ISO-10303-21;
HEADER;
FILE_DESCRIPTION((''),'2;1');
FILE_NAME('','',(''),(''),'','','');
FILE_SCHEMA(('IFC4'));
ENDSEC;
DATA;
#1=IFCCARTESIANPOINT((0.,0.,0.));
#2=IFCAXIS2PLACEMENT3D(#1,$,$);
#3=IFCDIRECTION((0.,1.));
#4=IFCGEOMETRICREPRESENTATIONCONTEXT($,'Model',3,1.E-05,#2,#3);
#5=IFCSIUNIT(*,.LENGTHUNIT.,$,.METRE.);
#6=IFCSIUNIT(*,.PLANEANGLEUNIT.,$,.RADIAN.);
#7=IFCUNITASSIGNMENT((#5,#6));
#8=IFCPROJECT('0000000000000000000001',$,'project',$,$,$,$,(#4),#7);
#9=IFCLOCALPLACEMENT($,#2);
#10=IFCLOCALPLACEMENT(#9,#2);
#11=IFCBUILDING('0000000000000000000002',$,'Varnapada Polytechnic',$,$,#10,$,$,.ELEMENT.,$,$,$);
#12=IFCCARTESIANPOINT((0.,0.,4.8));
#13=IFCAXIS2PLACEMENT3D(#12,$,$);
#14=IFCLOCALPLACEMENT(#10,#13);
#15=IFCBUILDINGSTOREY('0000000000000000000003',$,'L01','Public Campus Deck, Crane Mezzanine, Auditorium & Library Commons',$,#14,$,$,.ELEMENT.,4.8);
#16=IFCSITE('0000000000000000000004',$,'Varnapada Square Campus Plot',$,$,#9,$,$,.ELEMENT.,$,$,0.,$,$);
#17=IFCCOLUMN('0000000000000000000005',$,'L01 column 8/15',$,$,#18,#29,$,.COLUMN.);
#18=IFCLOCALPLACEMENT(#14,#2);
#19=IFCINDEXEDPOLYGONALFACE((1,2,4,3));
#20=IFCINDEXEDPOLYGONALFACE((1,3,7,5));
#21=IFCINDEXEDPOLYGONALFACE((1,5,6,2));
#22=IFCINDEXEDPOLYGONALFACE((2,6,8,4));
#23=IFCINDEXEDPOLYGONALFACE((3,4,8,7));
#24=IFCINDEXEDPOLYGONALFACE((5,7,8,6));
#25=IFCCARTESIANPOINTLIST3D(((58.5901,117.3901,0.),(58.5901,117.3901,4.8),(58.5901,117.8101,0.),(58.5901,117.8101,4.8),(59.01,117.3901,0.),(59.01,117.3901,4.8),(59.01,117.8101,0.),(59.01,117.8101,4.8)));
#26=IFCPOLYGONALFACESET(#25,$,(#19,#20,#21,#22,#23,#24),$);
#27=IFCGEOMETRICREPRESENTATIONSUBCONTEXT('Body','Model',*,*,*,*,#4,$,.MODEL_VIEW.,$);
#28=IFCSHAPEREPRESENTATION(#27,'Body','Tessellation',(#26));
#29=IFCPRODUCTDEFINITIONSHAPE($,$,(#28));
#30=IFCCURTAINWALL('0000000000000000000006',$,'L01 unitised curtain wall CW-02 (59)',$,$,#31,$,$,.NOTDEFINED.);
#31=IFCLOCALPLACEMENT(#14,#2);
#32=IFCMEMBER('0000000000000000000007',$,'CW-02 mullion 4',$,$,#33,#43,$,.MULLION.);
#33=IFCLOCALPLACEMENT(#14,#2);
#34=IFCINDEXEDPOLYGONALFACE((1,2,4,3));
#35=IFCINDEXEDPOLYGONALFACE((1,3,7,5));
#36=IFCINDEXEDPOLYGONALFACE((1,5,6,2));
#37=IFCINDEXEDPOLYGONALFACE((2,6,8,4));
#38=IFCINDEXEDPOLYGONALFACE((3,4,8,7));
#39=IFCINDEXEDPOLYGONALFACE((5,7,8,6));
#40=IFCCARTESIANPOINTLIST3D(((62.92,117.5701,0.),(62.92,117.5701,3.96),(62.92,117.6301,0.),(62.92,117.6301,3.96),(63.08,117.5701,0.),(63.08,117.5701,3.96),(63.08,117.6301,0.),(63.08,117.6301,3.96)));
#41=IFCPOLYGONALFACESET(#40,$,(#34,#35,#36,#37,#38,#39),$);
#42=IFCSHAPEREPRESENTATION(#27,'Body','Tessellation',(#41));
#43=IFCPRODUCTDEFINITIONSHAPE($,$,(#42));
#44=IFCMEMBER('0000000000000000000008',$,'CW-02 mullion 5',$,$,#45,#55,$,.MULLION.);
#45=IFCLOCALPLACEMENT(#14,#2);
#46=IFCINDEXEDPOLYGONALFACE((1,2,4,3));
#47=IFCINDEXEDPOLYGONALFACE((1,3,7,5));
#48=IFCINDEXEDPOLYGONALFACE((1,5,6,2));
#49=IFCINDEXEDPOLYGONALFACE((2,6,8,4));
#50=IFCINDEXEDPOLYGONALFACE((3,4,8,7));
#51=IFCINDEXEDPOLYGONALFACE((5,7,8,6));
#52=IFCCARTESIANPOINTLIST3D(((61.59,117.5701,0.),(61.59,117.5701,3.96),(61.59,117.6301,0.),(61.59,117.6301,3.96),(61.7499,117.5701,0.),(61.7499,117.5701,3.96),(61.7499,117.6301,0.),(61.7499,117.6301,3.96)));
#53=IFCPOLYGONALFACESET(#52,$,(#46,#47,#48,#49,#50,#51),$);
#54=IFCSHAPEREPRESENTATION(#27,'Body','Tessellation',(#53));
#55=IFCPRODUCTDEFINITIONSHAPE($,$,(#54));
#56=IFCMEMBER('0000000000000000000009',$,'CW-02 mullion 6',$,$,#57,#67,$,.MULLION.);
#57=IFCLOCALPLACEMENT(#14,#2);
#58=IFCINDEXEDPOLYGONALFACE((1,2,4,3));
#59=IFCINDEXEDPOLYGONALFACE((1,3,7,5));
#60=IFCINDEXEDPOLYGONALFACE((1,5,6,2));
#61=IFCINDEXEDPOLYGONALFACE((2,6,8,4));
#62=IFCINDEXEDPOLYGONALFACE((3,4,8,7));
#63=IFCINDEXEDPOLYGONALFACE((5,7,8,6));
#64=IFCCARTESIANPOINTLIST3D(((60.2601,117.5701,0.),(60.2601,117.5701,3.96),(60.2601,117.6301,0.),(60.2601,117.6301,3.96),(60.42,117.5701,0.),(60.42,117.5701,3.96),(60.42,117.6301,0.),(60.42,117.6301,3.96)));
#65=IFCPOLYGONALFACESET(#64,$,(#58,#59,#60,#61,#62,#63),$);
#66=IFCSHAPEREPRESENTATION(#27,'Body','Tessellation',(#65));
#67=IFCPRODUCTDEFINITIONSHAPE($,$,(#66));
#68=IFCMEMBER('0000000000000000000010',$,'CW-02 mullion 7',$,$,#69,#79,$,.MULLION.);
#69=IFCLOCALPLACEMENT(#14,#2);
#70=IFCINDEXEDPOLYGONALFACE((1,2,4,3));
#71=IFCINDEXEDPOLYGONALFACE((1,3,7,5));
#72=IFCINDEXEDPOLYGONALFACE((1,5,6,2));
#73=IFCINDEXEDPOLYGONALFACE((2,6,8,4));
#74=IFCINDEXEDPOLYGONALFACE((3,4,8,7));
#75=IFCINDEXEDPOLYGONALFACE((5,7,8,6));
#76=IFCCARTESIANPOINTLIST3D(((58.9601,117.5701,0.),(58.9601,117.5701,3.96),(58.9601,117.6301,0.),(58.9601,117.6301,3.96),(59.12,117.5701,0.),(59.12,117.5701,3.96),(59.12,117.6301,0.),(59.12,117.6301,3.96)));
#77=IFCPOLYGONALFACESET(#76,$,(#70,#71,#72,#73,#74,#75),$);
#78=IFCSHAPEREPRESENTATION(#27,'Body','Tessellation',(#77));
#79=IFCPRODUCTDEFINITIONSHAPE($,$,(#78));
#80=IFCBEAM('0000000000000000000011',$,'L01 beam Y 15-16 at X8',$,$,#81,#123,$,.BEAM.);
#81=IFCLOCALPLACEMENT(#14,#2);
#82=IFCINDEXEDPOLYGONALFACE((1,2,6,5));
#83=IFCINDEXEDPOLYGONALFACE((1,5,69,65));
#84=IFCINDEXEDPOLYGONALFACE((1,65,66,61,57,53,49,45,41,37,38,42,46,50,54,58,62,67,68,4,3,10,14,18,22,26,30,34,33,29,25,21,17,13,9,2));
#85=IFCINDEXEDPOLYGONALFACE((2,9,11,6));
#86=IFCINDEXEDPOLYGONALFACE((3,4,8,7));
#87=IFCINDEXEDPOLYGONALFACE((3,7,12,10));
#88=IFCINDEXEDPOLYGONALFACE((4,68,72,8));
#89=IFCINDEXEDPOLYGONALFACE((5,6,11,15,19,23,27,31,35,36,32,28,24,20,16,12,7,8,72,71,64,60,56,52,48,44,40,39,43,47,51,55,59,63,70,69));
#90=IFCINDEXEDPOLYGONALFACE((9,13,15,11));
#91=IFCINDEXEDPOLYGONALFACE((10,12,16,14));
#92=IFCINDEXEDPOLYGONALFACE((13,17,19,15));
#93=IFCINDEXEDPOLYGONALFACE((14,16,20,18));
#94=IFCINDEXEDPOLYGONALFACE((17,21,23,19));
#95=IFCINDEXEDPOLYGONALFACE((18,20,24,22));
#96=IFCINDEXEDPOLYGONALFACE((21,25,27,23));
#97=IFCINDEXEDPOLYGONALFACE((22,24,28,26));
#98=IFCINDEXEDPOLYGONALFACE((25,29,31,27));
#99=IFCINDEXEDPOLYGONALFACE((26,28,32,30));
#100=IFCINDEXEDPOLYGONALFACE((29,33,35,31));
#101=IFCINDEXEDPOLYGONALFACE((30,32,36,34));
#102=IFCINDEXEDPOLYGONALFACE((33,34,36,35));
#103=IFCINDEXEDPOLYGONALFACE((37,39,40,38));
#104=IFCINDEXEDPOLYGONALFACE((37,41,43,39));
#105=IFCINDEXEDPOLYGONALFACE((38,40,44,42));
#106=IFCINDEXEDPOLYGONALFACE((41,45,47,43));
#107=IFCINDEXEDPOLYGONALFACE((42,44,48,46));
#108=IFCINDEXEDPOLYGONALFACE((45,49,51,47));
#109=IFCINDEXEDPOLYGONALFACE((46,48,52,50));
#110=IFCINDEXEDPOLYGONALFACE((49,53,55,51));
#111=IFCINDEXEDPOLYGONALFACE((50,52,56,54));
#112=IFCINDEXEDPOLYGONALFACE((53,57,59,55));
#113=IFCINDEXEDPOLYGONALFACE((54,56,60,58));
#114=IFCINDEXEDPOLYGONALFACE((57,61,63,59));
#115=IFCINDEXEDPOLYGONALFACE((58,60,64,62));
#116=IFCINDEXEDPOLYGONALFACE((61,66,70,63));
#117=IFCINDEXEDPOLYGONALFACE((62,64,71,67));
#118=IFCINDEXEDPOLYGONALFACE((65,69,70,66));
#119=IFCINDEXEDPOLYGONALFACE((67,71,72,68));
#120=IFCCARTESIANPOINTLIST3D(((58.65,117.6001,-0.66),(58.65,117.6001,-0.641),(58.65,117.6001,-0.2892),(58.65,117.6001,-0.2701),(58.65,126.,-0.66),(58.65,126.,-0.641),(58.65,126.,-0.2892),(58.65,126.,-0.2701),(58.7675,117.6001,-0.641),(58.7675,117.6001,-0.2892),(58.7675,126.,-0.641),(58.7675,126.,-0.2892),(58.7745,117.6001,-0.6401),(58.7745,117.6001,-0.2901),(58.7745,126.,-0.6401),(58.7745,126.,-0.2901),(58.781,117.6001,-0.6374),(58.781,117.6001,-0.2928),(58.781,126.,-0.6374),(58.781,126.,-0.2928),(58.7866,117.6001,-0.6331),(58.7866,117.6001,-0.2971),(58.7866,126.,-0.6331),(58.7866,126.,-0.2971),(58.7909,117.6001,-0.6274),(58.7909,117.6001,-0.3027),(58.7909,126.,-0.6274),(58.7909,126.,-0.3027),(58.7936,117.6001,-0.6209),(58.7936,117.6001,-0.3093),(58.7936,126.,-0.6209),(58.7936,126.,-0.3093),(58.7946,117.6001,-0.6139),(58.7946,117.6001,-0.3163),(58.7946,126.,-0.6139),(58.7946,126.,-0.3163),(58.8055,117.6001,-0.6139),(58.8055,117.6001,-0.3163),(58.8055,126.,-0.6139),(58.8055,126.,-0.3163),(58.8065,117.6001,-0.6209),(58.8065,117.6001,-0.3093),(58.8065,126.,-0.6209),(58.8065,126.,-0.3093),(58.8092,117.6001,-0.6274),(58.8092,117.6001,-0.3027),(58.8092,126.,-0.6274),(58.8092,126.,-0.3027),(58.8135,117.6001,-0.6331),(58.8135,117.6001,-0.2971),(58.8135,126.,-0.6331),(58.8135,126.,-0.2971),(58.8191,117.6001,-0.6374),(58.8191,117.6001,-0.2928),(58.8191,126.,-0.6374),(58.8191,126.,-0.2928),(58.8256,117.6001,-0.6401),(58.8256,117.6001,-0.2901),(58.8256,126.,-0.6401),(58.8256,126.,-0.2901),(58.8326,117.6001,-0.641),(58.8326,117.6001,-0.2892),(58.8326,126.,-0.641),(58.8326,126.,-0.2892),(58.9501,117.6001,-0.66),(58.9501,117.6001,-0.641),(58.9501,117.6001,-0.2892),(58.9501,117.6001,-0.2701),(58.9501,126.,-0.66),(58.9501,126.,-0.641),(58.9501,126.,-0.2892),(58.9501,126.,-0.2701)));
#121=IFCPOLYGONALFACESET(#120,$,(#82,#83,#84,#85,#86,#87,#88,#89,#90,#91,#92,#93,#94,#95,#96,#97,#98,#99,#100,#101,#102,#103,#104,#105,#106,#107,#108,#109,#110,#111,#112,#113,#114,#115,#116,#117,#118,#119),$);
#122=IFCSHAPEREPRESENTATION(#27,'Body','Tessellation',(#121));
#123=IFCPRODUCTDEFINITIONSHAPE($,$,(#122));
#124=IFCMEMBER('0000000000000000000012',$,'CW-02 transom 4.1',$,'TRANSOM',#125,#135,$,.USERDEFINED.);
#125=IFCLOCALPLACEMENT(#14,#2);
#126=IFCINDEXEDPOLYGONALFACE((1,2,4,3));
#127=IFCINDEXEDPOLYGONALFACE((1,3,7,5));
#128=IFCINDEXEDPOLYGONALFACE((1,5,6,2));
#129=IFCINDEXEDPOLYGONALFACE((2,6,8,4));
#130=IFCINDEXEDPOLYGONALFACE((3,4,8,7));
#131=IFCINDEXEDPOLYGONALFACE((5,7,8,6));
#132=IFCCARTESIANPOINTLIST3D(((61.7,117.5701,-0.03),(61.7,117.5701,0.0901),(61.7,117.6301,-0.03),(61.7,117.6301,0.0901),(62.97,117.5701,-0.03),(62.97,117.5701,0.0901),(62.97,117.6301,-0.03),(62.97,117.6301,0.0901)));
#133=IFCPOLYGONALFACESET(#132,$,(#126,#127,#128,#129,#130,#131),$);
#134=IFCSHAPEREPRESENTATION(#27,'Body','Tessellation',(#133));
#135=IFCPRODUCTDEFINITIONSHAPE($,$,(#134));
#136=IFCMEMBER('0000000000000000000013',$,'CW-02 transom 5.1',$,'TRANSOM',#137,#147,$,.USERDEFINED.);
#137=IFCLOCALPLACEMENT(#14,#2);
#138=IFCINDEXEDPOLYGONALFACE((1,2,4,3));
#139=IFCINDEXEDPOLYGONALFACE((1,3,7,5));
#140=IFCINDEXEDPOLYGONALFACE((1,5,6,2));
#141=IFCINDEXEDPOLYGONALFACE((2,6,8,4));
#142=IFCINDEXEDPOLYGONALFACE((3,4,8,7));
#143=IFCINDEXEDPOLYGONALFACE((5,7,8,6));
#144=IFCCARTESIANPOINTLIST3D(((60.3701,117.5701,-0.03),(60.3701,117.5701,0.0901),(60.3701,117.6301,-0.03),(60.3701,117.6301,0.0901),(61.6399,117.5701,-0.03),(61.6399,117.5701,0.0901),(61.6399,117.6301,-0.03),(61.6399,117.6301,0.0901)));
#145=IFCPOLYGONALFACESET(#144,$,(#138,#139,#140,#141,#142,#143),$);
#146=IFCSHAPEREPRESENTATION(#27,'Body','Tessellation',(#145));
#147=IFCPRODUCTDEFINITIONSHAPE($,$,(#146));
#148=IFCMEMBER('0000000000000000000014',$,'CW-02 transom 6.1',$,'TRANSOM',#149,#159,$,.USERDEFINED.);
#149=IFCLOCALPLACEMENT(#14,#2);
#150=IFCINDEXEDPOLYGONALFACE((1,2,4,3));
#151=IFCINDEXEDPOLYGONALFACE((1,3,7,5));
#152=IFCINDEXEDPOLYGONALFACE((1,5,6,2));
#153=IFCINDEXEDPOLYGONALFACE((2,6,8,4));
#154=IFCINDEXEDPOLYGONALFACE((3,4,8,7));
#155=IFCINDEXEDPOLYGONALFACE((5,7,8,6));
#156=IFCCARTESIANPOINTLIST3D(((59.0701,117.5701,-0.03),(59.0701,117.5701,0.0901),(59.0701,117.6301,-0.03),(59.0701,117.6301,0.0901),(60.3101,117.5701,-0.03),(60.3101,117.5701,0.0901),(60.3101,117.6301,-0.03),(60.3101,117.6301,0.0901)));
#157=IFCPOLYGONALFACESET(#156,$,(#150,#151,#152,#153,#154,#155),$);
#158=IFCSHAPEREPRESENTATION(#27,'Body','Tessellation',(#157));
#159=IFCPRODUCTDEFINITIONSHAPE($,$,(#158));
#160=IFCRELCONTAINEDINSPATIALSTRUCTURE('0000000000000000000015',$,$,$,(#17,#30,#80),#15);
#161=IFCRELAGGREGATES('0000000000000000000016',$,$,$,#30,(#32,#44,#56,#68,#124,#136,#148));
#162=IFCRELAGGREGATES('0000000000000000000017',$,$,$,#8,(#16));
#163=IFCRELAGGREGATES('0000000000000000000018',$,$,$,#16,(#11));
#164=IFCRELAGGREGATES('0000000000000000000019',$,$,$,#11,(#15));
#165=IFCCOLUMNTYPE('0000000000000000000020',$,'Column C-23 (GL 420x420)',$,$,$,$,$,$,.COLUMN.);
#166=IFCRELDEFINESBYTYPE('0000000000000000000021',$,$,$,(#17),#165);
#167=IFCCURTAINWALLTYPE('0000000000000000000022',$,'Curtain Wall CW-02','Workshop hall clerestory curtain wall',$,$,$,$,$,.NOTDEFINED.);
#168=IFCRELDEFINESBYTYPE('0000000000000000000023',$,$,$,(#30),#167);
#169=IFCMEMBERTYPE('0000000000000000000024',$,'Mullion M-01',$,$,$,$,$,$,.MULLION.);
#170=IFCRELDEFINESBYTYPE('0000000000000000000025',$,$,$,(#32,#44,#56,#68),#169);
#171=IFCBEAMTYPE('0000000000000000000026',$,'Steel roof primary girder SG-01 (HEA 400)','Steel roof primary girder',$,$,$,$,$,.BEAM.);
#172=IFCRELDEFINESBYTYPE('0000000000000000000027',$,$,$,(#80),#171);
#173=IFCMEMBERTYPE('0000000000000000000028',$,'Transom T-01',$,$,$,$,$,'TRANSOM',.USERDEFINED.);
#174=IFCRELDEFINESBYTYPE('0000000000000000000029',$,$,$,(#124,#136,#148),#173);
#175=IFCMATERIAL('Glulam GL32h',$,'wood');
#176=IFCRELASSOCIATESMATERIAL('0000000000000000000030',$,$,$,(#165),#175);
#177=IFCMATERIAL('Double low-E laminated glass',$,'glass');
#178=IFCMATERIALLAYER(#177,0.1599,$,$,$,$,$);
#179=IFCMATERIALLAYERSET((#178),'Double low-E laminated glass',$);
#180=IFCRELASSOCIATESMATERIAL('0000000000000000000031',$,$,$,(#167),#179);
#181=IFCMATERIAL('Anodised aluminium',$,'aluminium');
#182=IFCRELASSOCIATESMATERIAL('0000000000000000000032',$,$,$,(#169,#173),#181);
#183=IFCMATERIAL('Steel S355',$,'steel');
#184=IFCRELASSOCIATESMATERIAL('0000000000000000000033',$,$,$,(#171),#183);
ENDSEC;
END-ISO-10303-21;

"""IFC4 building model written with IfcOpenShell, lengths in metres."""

from ifc_helpers import new_model, si_unit, direction, frame, origin, origin_2d, place, context, subcontext, project, spatial, rectangle, i_section, extrude, material, layer, layer_set, material_profile, profile_set, type_object, element, aggregate, save


model = new_model("IFC4")

# Units and contexts
model_context = context("Model", 3, precision=1e-05, world=origin(), true_north=direction((0.0, 1.0)))
body_context = subcontext(model_context, "Body", "Model", "MODEL_VIEW")
ifc_project = project(units=[si_unit("LENGTHUNIT", "METRE"), si_unit("PLANEANGLEUNIT", "RADIAN")], contexts=[model_context])

# Site, building, storey
site_placement = place(None, origin())
site = spatial("IfcSite", under=ifc_project, at=site_placement, Name="Varnapada Square Campus Plot", CompositionType="ELEMENT", RefElevation=0.0)
building_placement = place(site_placement, origin())
building = spatial("IfcBuilding", under=site, at=building_placement, Name="Varnapada Polytechnic", CompositionType="ELEMENT")
storey_placement = place(building_placement, frame((0.0, 0.0, 4.8)))
storey = spatial("IfcBuildingStorey", under=building, at=storey_placement, Name="L01", Description="Public Campus Deck, Crane Mezzanine, Auditorium & Library Commons", CompositionType="ELEMENT", Elevation=4.8)

# Column
ifc_material_1 = material(Name="Glulam GL32h", Category="wood")
ifc_material_profile_1 = material_profile(ifc_material_1, rectangle(XDim=0.4199, YDim=0.4199, at=origin_2d()), Name="GL 420x420")
ifc_profile_set_1 = profile_set([ifc_material_profile_1], Name="Glulam GL32h")
column_type = type_object("IfcColumnType", Name="Column C-23 (GL 420x420)", PredefinedType="COLUMN", material=ifc_profile_set_1)
column_placement = place(storey_placement, frame((58.8, 117.6001, 0.0), z_axis=(0.0, 0.0, 1.0), x_axis=(1.0, 0.0, 0.0)))
element("IfcColumn", 1, at=column_placement, inside=storey, type_object=column_type, Name="L01 column 8/15", PredefinedType="COLUMN", context=body_context, shape_type="SweptSolid", body=[
    extrude(rectangle(XDim=0.4199, YDim=0.4199, at=origin_2d()), origin(), (0.0, 0.0, 1.0), 4.8),
])

# Curtain wall, members
ifc_material_2 = material(Name="Double low-E laminated glass", Category="glass")
ifc_layer_1 = layer(ifc_material_2, 0.1599)
ifc_layer_set_1 = layer_set([ifc_layer_1], Name="Double low-E laminated glass")
curtain_wall_type = type_object("IfcCurtainWallType", Name="Curtain Wall CW-02", Description="Workshop hall clerestory curtain wall", PredefinedType="NOTDEFINED", material=ifc_layer_set_1)
curtain_wall_placement = place(storey_placement, origin())
curtain_wall = element("IfcCurtainWall", 2, at=curtain_wall_placement, inside=storey, type_object=curtain_wall_type, Name="L01 unitised curtain wall CW-02 (59)", PredefinedType="NOTDEFINED")
ifc_material_3 = material(Name="Anodised aluminium", Category="aluminium")
ifc_material_profile_2 = material_profile(ifc_material_3, rectangle(XDim=0.0601, YDim=0.1599, at=origin_2d()), Name="ALU M60x160")
ifc_profile_set_2 = profile_set([ifc_material_profile_2], Name="Anodised aluminium")
member_type_1 = type_object("IfcMemberType", Name="Mullion M-01", PredefinedType="MULLION", material=ifc_profile_set_2)
member_1_placement = place(storey_placement, frame((63.0, 117.6001, 0.0), z_axis=(0.0, 0.0, 1.0), x_axis=(0.0, -1.0, 0.0)))
member_1 = element("IfcMember", 3, at=member_1_placement, type_object=member_type_1, Name="CW-02 mullion 4", PredefinedType="MULLION", context=body_context, shape_type="SweptSolid", body=[
    extrude(rectangle(XDim=0.0601, YDim=0.1599, at=origin_2d()), origin(), (0.0, 0.0, 1.0), 3.96),
])
member_2_placement = place(storey_placement, frame((61.6699, 117.6001, 0.0), z_axis=(0.0, 0.0, 1.0), x_axis=(0.0, -1.0, 0.0)))
member_2 = element("IfcMember", 4, at=member_2_placement, type_object=member_type_1, Name="CW-02 mullion 5", PredefinedType="MULLION", context=body_context, shape_type="SweptSolid", body=[
    extrude(rectangle(XDim=0.0601, YDim=0.1599, at=origin_2d()), origin(), (0.0, 0.0, 1.0), 3.96),
])
member_3_placement = place(storey_placement, frame((60.3401, 117.6001, 0.0), z_axis=(0.0, 0.0, 1.0), x_axis=(0.0, -1.0, 0.0)))
member_3 = element("IfcMember", 5, at=member_3_placement, type_object=member_type_1, Name="CW-02 mullion 6", PredefinedType="MULLION", context=body_context, shape_type="SweptSolid", body=[
    extrude(rectangle(XDim=0.0601, YDim=0.1599, at=origin_2d()), origin(), (0.0, 0.0, 1.0), 3.96),
])
member_4_placement = place(storey_placement, frame((59.04, 117.6001, 0.0), z_axis=(0.0, 0.0, 1.0), x_axis=(0.0, -1.0, 0.0)))
member_4 = element("IfcMember", 6, at=member_4_placement, type_object=member_type_1, Name="CW-02 mullion 7", PredefinedType="MULLION", context=body_context, shape_type="SweptSolid", body=[
    extrude(rectangle(XDim=0.0601, YDim=0.1599, at=origin_2d()), origin(), (0.0, 0.0, 1.0), 3.96),
])

# Beam
ifc_material_4 = material(Name="Steel S355", Category="steel")
ifc_material_profile_3 = material_profile(ifc_material_4, i_section(OverallWidth=0.3, OverallDepth=0.3899, WebThickness=0.011, FlangeThickness=0.019, FilletRadius=0.0271, at=origin_2d()), Name="HEA 400")
ifc_profile_set_3 = profile_set([ifc_material_profile_3], Name="Steel S355")
beam_type_1 = type_object("IfcBeamType", Name="Steel roof primary girder SG-01 (HEA 400)", Description="Steel roof primary girder", PredefinedType="BEAM", material=ifc_profile_set_3)
beam_1_placement = place(storey_placement, frame((58.8, 117.6001, -0.4651), z_axis=(0.0, 1.0, 0.0), x_axis=(-1.0, 0.0, 0.0)))
element("IfcBeam", 7, at=beam_1_placement, inside=storey, type_object=beam_type_1, Name="L01 beam Y 15-16 at X8", PredefinedType="BEAM", context=body_context, shape_type="SweptSolid", body=[
    extrude(i_section(OverallWidth=0.3, OverallDepth=0.3899, WebThickness=0.011, FlangeThickness=0.019, FilletRadius=0.0271, at=origin_2d()), origin(), (0.0, 0.0, 1.0), 8.3999),
])

# Members
ifc_material_profile_4 = material_profile(ifc_material_3, rectangle(XDim=0.0601, YDim=0.1201, at=origin_2d()), Name="ALU T60x120")
ifc_profile_set_4 = profile_set([ifc_material_profile_4], Name="Anodised aluminium")
member_type_2 = type_object("IfcMemberType", Name="Transom T-01", ElementType="TRANSOM", PredefinedType="USERDEFINED", material=ifc_profile_set_4)
member_5_placement = place(storey_placement, frame((62.97, 117.6001, 0.03), z_axis=(-1.0, 0.0, 0.0), x_axis=(0.0, -1.0, 0.0)))
member_5 = element("IfcMember", 8, at=member_5_placement, type_object=member_type_2, Name="CW-02 transom 4.1", ObjectType="TRANSOM", PredefinedType="USERDEFINED", context=body_context, shape_type="SweptSolid", body=[
    extrude(rectangle(XDim=0.0601, YDim=0.1201, at=origin_2d()), origin(), (0.0, 0.0, 1.0), 1.27),
])
member_6_placement = place(storey_placement, frame((61.6399, 117.6001, 0.03), z_axis=(-1.0, 0.0, 0.0), x_axis=(0.0, -1.0, 0.0)))
member_6 = element("IfcMember", 9, at=member_6_placement, type_object=member_type_2, Name="CW-02 transom 5.1", ObjectType="TRANSOM", PredefinedType="USERDEFINED", context=body_context, shape_type="SweptSolid", body=[
    extrude(rectangle(XDim=0.0601, YDim=0.1201, at=origin_2d()), origin(), (0.0, 0.0, 1.0), 1.2698),
])
member_7_placement = place(storey_placement, frame((60.3101, 117.6001, 0.03), z_axis=(-1.0, 0.0, 0.0), x_axis=(0.0, -1.0, 0.0)))
member_7 = element("IfcMember", 10, at=member_7_placement, type_object=member_type_2, Name="CW-02 transom 6.1", ObjectType="TRANSOM", PredefinedType="USERDEFINED", context=body_context, shape_type="SweptSolid", body=[
    extrude(rectangle(XDim=0.0601, YDim=0.1201, at=origin_2d()), origin(), (0.0, 0.0, 1.0), 1.24),
])
aggregate(curtain_wall, [member_1, member_2, member_3, member_4, member_5, member_6, member_7])

save(model, "model.ifc")
